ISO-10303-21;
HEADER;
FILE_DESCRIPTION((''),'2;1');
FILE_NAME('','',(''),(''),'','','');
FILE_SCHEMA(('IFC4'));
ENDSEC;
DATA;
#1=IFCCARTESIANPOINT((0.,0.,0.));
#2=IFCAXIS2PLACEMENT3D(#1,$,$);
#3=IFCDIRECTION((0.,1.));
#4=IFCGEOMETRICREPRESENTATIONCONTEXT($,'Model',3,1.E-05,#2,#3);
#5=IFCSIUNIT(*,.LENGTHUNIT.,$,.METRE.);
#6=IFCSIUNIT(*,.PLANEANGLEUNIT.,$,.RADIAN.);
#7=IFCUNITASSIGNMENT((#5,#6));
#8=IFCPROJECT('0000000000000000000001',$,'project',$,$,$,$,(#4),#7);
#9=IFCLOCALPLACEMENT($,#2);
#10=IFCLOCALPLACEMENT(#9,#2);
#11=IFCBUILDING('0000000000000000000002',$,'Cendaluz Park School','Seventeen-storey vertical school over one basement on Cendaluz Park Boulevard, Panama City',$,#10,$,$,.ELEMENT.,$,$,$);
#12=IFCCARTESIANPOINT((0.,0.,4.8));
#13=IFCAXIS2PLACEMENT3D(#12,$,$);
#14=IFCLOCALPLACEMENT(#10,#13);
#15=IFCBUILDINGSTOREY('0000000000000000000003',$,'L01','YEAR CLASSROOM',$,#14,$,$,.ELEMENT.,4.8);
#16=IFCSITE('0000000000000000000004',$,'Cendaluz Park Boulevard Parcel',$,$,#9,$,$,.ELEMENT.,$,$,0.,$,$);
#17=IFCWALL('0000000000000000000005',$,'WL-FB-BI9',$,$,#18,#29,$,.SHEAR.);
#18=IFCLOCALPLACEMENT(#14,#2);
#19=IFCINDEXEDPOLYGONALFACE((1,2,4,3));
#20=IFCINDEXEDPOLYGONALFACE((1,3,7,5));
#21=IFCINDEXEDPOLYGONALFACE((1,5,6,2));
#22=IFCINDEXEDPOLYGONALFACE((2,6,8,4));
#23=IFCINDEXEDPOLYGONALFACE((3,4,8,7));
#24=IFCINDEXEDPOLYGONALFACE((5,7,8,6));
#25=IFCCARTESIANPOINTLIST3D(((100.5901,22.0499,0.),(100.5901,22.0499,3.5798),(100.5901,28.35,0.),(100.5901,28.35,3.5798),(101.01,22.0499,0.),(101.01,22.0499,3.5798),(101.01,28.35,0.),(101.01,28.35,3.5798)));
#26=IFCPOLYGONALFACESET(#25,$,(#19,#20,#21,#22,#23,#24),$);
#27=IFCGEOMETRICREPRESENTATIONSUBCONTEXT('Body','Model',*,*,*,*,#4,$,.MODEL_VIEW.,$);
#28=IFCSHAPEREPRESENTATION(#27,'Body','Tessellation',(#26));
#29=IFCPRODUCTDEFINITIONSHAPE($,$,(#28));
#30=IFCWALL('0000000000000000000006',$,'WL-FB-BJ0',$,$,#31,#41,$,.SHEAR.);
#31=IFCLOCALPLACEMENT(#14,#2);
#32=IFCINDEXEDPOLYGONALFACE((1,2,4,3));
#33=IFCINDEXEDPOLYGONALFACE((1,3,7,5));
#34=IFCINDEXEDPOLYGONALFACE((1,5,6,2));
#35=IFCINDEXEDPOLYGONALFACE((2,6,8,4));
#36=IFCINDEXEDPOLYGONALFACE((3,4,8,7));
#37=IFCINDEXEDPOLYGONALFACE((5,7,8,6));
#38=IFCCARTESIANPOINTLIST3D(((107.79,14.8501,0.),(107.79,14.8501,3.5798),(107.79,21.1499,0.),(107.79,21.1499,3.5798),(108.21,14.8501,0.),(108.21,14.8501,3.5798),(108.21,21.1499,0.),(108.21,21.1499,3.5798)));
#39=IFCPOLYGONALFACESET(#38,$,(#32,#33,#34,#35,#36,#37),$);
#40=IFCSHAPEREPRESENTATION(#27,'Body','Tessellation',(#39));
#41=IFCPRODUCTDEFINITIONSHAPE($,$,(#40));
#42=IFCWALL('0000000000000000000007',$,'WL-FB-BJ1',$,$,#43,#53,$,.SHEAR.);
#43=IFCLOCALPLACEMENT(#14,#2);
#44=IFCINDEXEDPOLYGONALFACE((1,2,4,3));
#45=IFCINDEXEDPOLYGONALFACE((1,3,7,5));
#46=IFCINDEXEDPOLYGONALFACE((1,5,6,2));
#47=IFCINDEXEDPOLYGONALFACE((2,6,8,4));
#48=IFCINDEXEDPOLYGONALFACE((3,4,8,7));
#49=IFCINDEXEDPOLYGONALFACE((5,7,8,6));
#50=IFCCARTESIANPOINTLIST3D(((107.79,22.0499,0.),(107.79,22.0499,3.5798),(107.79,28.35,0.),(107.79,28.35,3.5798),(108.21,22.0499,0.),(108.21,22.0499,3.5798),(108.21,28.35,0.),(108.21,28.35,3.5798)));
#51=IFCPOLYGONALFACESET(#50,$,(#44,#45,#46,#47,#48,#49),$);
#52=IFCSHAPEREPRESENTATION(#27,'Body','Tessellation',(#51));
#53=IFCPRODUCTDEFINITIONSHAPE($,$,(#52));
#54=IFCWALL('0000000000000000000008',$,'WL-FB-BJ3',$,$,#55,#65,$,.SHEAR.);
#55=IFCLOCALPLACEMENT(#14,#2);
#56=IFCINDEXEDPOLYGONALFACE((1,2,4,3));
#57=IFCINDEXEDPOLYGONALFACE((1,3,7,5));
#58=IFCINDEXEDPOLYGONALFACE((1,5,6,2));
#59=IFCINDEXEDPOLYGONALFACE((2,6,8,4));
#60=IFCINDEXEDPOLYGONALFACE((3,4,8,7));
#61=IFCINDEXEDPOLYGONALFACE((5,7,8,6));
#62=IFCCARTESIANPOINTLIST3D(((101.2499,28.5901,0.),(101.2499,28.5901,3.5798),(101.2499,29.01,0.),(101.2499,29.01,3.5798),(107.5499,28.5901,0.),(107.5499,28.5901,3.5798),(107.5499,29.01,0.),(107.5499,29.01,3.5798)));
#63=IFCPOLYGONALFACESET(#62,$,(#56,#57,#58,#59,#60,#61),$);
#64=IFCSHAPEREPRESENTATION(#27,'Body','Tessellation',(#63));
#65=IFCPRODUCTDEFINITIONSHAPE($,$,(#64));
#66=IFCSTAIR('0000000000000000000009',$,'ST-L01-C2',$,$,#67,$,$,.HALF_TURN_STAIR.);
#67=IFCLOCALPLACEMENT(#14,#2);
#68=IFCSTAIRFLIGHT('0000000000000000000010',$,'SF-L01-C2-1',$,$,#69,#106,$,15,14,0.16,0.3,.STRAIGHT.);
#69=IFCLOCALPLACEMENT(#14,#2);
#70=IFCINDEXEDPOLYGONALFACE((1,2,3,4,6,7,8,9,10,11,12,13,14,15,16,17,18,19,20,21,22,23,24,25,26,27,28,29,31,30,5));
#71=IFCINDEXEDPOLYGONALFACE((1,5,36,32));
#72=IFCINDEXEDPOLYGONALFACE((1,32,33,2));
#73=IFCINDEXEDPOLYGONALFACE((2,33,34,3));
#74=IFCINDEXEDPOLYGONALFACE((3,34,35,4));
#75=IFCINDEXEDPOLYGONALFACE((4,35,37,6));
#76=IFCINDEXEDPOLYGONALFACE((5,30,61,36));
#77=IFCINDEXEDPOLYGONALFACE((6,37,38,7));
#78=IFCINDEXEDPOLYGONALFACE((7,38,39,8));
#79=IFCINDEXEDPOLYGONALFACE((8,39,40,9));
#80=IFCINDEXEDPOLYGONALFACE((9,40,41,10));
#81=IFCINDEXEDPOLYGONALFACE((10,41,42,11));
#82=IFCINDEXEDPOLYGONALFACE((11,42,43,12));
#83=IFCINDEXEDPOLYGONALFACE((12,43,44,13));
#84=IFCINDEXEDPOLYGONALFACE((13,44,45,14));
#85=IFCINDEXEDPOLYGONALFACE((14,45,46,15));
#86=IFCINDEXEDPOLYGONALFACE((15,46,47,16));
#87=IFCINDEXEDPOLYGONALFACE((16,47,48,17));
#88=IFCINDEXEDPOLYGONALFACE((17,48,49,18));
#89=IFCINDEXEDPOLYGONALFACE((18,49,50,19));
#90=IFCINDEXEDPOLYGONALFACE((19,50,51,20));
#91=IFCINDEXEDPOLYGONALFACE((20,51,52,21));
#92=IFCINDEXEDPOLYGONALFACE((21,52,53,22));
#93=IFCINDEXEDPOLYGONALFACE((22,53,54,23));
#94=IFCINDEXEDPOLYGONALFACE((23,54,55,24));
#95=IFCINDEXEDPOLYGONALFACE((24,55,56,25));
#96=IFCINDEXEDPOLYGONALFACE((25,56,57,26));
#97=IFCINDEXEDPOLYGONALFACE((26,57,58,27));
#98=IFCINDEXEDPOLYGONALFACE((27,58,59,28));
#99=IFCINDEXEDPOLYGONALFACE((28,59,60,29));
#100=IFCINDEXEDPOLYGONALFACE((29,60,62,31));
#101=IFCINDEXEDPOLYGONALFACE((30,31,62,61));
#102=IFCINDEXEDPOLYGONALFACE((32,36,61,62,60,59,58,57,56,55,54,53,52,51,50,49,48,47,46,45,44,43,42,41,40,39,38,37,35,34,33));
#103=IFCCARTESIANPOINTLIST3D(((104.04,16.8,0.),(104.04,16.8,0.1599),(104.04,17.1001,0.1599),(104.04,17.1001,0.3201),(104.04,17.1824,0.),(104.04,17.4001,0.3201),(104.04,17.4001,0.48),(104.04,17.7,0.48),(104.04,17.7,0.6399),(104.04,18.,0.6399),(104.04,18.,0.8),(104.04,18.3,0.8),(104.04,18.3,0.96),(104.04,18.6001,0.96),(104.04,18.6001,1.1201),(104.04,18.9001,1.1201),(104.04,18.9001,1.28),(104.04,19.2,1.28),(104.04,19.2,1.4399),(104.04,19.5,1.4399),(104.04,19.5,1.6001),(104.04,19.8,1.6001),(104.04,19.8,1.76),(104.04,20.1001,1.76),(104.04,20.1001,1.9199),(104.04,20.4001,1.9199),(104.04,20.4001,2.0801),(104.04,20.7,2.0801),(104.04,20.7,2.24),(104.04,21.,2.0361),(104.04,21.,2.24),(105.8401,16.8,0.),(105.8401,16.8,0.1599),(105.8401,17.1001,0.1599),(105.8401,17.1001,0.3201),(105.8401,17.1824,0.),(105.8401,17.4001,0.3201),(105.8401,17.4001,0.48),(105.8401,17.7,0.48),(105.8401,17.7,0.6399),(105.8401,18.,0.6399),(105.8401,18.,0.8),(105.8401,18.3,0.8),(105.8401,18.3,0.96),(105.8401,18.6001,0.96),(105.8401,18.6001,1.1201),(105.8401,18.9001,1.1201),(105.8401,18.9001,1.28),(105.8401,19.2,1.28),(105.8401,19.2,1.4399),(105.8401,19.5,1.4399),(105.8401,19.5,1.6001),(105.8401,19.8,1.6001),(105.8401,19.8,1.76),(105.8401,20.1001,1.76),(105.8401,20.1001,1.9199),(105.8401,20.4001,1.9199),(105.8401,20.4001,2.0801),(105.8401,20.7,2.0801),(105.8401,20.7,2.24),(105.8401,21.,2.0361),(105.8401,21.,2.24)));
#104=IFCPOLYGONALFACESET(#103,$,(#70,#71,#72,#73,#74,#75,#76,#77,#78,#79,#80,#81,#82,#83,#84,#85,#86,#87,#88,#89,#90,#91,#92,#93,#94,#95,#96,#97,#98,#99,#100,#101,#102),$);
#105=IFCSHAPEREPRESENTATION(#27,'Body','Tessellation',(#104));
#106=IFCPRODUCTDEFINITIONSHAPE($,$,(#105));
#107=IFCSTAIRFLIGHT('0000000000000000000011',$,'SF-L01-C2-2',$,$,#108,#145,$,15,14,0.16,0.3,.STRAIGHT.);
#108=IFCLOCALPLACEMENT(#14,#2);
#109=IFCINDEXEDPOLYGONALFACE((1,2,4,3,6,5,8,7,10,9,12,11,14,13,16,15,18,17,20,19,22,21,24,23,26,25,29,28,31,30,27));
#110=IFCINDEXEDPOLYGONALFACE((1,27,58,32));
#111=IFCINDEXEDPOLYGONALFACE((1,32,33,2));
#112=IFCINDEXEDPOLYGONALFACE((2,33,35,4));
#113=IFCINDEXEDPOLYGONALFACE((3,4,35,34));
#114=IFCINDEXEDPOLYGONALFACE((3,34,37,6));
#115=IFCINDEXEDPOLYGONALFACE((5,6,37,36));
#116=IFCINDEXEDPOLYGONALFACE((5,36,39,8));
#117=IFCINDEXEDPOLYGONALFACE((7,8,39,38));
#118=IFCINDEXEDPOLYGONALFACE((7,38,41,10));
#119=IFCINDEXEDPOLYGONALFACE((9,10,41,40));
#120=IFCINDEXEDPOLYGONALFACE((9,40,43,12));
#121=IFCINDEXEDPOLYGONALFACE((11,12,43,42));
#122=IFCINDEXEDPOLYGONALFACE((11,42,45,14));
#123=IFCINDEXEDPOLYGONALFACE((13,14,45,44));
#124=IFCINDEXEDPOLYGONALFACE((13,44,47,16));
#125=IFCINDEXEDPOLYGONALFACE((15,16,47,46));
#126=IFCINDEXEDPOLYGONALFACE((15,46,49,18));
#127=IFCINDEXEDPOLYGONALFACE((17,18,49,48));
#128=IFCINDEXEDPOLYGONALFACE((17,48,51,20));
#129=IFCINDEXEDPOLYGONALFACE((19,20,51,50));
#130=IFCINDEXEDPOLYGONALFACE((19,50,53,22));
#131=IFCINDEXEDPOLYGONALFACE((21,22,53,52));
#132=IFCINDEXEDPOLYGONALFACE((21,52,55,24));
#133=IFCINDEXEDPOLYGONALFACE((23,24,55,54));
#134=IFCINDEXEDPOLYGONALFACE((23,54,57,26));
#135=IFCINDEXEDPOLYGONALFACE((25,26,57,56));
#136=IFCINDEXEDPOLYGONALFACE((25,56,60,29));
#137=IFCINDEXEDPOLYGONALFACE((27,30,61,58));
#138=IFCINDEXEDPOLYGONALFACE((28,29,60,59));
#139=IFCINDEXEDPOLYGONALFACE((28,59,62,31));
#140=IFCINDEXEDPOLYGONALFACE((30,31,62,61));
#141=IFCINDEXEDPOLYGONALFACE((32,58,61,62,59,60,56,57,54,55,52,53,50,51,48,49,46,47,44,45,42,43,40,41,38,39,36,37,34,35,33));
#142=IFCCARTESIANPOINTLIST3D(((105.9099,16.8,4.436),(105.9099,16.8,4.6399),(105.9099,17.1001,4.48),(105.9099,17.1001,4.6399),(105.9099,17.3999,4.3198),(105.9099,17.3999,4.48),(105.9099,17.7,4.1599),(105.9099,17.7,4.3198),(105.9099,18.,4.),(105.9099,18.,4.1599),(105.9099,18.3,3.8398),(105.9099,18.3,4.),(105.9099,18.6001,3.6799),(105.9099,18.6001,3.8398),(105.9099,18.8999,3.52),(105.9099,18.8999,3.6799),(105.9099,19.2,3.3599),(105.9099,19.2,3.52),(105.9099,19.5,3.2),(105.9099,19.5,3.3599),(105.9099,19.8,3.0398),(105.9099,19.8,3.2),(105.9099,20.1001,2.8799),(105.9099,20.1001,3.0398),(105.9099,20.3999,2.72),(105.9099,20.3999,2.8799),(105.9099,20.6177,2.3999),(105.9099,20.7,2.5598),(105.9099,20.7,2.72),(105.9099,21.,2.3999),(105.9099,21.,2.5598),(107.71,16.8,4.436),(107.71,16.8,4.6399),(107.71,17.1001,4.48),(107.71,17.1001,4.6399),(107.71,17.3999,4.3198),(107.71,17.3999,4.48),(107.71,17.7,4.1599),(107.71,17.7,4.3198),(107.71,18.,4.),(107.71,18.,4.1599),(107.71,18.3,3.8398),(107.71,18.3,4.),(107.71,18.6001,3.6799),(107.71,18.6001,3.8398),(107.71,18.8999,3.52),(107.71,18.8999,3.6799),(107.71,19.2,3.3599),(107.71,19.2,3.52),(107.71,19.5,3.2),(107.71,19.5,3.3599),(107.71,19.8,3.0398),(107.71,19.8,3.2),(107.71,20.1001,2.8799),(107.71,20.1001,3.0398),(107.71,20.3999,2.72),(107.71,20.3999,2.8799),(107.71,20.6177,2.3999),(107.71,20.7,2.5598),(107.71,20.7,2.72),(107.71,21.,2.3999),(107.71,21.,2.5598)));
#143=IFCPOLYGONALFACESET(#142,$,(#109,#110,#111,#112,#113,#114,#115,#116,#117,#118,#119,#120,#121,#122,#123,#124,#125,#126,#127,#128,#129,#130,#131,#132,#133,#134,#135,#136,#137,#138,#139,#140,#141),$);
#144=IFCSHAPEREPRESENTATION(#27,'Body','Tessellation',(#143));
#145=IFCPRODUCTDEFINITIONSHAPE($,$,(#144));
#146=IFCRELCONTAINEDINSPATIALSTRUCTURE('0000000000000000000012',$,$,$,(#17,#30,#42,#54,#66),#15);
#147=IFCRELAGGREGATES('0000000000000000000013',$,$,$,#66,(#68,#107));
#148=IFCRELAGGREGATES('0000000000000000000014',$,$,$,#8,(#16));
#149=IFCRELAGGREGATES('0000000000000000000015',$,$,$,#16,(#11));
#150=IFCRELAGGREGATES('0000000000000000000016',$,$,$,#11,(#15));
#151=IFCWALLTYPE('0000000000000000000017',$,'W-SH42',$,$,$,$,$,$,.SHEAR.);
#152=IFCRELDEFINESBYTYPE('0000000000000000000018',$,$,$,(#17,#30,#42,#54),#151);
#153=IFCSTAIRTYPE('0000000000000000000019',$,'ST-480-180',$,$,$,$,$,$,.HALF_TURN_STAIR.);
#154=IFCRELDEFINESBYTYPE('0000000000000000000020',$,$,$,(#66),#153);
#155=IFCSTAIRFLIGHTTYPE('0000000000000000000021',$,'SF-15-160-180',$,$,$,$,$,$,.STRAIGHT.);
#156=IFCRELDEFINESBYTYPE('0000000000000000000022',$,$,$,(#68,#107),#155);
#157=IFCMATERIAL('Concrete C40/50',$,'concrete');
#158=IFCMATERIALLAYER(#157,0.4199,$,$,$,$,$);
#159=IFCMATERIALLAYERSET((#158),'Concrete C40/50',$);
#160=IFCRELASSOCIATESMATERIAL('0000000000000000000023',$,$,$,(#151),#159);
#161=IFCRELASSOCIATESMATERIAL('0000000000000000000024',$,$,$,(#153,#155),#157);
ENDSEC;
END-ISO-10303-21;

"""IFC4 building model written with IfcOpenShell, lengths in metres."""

from ifc_helpers import new_model, si_unit, direction, frame, frame_2d, origin, place, context, subcontext, project, spatial, polyline, rectangle, outline, extrude, material, layer, layer_set, type_object, element, aggregate, save


model = new_model("IFC4")

# Units and contexts
model_context = context("Model", 3, precision=1e-05, world=origin(), true_north=direction((0.0, 1.0)))
body_context = subcontext(model_context, "Body", "Model", "MODEL_VIEW")
ifc_project = project(units=[si_unit("LENGTHUNIT", "METRE"), si_unit("PLANEANGLEUNIT", "RADIAN")], contexts=[model_context])

# Site, building, storey
site_placement = place(None, origin())
site = spatial("IfcSite", under=ifc_project, at=site_placement, Name="Cendaluz Park Boulevard Parcel", CompositionType="ELEMENT", RefElevation=0.0)
building_placement = place(site_placement, origin())
building = spatial("IfcBuilding", under=site, at=building_placement, Name="Cendaluz Park School", Description="Seventeen-storey vertical school over one basement on Cendaluz Park Boulevard, Panama City", CompositionType="ELEMENT")
storey_placement = place(building_placement, frame((0.0, 0.0, 4.8)))
storey = spatial("IfcBuildingStorey", under=building, at=storey_placement, Name="L01", Description="YEAR CLASSROOM", CompositionType="ELEMENT", Elevation=4.8)

# Shared definitions
ifc_material_1 = material(Name="Concrete C40/50", Category="concrete")

# Walls
ifc_layer_1 = layer(ifc_material_1, 0.4199)
ifc_layer_set_1 = layer_set([ifc_layer_1], Name="Concrete C40/50")
wall_type_1 = type_object("IfcWallType", Name="W-SH42", PredefinedType="SHEAR", material=ifc_layer_set_1)
wall_1_placement = place(storey_placement, frame((100.8, 22.05, 0.0), z_axis=(0.0, 0.0, 1.0), x_axis=(0.0, 1.0, 0.0)))
element("IfcWall", 1, at=wall_1_placement, inside=storey, type_object=wall_type_1, Name="WL-FB-BI9", PredefinedType="SHEAR", context=body_context, shape_type="SweptSolid", body=[
    extrude(rectangle(XDim=6.3, YDim=0.4199, at=frame_2d((3.1499, 0.0))), origin(), (0.0, 0.0, 1.0), 3.5798),
])
wall_2_placement = place(storey_placement, frame((108.0, 14.8501, 0.0), z_axis=(0.0, 0.0, 1.0), x_axis=(0.0, 1.0, 0.0)))
element("IfcWall", 2, at=wall_2_placement, inside=storey, type_object=wall_type_1, Name="WL-FB-BJ0", PredefinedType="SHEAR", context=body_context, shape_type="SweptSolid", body=[
    extrude(rectangle(XDim=6.2998, YDim=0.4199, at=frame_2d((3.1499, 0.0))), origin(), (0.0, 0.0, 1.0), 3.5798),
])
for number, where, z_axis, x_axis, name in (
    (3, (108.0, 22.05, 0.0), (0.0, 0.0, 1.0), (0.0, 1.0, 0.0), "WL-FB-BJ1"),
    (4, (101.25, 28.8, 0.0), (0.0, 0.0, 1.0), (1.0, 0.0, 0.0), "WL-FB-BJ3"),
):
    element("IfcWall", number, at=place(storey_placement, frame(where, z_axis=z_axis, x_axis=x_axis)), inside=storey, type_object=wall_type_1, Name=name, PredefinedType="SHEAR", context=body_context, shape_type="SweptSolid", body=[
        extrude(rectangle(XDim=6.3, YDim=0.4199, at=frame_2d((3.1499, 0.0))), origin(), (0.0, 0.0, 1.0), 3.5798),
    ])

# Stair, stair flights
stair_type = type_object("IfcStairType", Name="ST-480-180", PredefinedType="HALF_TURN_STAIR", material=ifc_material_1)
stair_placement = place(storey_placement, origin())
stair = element("IfcStair", 5, at=stair_placement, inside=storey, type_object=stair_type, Name="ST-L01-C2", PredefinedType="HALF_TURN_STAIR")
stair_flight_type = type_object("IfcStairFlightType", Name="SF-15-160-180", PredefinedType="STRAIGHT", material=ifc_material_1)
stair_flight_1_placement = place(storey_placement, frame((104.9399, 16.8, 0.0), z_axis=(0.0, 0.0, 1.0), x_axis=(0.0, 1.0, 0.0)))
stair_flight_1 = element("IfcStairFlight", 6, at=stair_flight_1_placement, type_object=stair_flight_type, Name="SF-L01-C2-1", NumberOfRisers=15, NumberOfTreads=14, PredefinedType="STRAIGHT", RiserHeight=0.16, TreadLength=0.3, context=body_context, shape_type="SweptSolid", body=[
    extrude(outline(polyline([(0.0, 0.0), (0.0, 0.1599), (0.3, 0.1599), (0.3, 0.3201), (0.6001, 0.3201), (0.6001, 0.48), (0.8999, 0.48), (0.8999, 0.6399), (1.2, 0.6399), (1.2, 0.8), (1.5, 0.8), (1.5, 0.96), (1.8, 0.96), (1.8, 1.1201), (2.1001, 1.1201), (2.1001, 1.28), (2.3999, 1.28), (2.3999, 1.4399), (2.7, 1.4399), (2.7, 1.6001), (3.0, 1.6001), (3.0, 1.76), (3.3, 1.76), (3.3, 1.9199), (3.6001, 1.9199), (3.6001, 2.0801), (3.8999, 2.0801), (3.8999, 2.24), (4.2, 2.24), (4.2, 2.3999), (4.2, 2.0361), (0.3823, 0.0), (0.0, 0.0)])), frame((0.0, 0.8999, 0.0), z_axis=(0.0, -1.0, 0.0), x_axis=(1.0, 0.0, 0.0)), (0.0, 0.0, 1.0), 1.8),
])
stair_flight_2_placement = place(storey_placement, frame((106.8101, 21.0, 2.3999), z_axis=(0.0, 0.0, 1.0), x_axis=(0.0, -1.0, 0.0)))
stair_flight_2 = element("IfcStairFlight", 7, at=stair_flight_2_placement, type_object=stair_flight_type, Name="SF-L01-C2-2", NumberOfRisers=15, NumberOfTreads=14, PredefinedType="STRAIGHT", RiserHeight=0.16, TreadLength=0.3, context=body_context, shape_type="SweptSolid", body=[
    extrude(outline(polyline([(0.0, 0.0), (0.0, 0.1599), (0.3, 0.1599), (0.3, 0.3201), (0.6001, 0.3201), (0.6001, 0.48), (0.8999, 0.48), (0.8999, 0.6399), (1.2, 0.6399), (1.2, 0.8), (1.5, 0.8), (1.5, 0.96), (1.8, 0.96), (1.8, 1.1201), (2.1001, 1.1201), (2.1001, 1.28), (2.3999, 1.28), (2.3999, 1.4399), (2.7, 1.4399), (2.7, 1.6001), (3.0, 1.6001), (3.0, 1.76), (3.3, 1.76), (3.3, 1.9199), (3.6001, 1.9199), (3.6001, 2.0801), (3.8999, 2.0801), (3.8999, 2.24), (4.2, 2.24), (4.2, 2.3999), (4.2, 2.0361), (0.3823, 0.0), (0.0, 0.0)])), frame((0.0, 0.8999, 0.0), z_axis=(0.0, -1.0, 0.0), x_axis=(1.0, 0.0, 0.0)), (0.0, 0.0, 1.0), 1.8),
])
aggregate(stair, [stair_flight_1, stair_flight_2])

save(model, "model.ifc")
